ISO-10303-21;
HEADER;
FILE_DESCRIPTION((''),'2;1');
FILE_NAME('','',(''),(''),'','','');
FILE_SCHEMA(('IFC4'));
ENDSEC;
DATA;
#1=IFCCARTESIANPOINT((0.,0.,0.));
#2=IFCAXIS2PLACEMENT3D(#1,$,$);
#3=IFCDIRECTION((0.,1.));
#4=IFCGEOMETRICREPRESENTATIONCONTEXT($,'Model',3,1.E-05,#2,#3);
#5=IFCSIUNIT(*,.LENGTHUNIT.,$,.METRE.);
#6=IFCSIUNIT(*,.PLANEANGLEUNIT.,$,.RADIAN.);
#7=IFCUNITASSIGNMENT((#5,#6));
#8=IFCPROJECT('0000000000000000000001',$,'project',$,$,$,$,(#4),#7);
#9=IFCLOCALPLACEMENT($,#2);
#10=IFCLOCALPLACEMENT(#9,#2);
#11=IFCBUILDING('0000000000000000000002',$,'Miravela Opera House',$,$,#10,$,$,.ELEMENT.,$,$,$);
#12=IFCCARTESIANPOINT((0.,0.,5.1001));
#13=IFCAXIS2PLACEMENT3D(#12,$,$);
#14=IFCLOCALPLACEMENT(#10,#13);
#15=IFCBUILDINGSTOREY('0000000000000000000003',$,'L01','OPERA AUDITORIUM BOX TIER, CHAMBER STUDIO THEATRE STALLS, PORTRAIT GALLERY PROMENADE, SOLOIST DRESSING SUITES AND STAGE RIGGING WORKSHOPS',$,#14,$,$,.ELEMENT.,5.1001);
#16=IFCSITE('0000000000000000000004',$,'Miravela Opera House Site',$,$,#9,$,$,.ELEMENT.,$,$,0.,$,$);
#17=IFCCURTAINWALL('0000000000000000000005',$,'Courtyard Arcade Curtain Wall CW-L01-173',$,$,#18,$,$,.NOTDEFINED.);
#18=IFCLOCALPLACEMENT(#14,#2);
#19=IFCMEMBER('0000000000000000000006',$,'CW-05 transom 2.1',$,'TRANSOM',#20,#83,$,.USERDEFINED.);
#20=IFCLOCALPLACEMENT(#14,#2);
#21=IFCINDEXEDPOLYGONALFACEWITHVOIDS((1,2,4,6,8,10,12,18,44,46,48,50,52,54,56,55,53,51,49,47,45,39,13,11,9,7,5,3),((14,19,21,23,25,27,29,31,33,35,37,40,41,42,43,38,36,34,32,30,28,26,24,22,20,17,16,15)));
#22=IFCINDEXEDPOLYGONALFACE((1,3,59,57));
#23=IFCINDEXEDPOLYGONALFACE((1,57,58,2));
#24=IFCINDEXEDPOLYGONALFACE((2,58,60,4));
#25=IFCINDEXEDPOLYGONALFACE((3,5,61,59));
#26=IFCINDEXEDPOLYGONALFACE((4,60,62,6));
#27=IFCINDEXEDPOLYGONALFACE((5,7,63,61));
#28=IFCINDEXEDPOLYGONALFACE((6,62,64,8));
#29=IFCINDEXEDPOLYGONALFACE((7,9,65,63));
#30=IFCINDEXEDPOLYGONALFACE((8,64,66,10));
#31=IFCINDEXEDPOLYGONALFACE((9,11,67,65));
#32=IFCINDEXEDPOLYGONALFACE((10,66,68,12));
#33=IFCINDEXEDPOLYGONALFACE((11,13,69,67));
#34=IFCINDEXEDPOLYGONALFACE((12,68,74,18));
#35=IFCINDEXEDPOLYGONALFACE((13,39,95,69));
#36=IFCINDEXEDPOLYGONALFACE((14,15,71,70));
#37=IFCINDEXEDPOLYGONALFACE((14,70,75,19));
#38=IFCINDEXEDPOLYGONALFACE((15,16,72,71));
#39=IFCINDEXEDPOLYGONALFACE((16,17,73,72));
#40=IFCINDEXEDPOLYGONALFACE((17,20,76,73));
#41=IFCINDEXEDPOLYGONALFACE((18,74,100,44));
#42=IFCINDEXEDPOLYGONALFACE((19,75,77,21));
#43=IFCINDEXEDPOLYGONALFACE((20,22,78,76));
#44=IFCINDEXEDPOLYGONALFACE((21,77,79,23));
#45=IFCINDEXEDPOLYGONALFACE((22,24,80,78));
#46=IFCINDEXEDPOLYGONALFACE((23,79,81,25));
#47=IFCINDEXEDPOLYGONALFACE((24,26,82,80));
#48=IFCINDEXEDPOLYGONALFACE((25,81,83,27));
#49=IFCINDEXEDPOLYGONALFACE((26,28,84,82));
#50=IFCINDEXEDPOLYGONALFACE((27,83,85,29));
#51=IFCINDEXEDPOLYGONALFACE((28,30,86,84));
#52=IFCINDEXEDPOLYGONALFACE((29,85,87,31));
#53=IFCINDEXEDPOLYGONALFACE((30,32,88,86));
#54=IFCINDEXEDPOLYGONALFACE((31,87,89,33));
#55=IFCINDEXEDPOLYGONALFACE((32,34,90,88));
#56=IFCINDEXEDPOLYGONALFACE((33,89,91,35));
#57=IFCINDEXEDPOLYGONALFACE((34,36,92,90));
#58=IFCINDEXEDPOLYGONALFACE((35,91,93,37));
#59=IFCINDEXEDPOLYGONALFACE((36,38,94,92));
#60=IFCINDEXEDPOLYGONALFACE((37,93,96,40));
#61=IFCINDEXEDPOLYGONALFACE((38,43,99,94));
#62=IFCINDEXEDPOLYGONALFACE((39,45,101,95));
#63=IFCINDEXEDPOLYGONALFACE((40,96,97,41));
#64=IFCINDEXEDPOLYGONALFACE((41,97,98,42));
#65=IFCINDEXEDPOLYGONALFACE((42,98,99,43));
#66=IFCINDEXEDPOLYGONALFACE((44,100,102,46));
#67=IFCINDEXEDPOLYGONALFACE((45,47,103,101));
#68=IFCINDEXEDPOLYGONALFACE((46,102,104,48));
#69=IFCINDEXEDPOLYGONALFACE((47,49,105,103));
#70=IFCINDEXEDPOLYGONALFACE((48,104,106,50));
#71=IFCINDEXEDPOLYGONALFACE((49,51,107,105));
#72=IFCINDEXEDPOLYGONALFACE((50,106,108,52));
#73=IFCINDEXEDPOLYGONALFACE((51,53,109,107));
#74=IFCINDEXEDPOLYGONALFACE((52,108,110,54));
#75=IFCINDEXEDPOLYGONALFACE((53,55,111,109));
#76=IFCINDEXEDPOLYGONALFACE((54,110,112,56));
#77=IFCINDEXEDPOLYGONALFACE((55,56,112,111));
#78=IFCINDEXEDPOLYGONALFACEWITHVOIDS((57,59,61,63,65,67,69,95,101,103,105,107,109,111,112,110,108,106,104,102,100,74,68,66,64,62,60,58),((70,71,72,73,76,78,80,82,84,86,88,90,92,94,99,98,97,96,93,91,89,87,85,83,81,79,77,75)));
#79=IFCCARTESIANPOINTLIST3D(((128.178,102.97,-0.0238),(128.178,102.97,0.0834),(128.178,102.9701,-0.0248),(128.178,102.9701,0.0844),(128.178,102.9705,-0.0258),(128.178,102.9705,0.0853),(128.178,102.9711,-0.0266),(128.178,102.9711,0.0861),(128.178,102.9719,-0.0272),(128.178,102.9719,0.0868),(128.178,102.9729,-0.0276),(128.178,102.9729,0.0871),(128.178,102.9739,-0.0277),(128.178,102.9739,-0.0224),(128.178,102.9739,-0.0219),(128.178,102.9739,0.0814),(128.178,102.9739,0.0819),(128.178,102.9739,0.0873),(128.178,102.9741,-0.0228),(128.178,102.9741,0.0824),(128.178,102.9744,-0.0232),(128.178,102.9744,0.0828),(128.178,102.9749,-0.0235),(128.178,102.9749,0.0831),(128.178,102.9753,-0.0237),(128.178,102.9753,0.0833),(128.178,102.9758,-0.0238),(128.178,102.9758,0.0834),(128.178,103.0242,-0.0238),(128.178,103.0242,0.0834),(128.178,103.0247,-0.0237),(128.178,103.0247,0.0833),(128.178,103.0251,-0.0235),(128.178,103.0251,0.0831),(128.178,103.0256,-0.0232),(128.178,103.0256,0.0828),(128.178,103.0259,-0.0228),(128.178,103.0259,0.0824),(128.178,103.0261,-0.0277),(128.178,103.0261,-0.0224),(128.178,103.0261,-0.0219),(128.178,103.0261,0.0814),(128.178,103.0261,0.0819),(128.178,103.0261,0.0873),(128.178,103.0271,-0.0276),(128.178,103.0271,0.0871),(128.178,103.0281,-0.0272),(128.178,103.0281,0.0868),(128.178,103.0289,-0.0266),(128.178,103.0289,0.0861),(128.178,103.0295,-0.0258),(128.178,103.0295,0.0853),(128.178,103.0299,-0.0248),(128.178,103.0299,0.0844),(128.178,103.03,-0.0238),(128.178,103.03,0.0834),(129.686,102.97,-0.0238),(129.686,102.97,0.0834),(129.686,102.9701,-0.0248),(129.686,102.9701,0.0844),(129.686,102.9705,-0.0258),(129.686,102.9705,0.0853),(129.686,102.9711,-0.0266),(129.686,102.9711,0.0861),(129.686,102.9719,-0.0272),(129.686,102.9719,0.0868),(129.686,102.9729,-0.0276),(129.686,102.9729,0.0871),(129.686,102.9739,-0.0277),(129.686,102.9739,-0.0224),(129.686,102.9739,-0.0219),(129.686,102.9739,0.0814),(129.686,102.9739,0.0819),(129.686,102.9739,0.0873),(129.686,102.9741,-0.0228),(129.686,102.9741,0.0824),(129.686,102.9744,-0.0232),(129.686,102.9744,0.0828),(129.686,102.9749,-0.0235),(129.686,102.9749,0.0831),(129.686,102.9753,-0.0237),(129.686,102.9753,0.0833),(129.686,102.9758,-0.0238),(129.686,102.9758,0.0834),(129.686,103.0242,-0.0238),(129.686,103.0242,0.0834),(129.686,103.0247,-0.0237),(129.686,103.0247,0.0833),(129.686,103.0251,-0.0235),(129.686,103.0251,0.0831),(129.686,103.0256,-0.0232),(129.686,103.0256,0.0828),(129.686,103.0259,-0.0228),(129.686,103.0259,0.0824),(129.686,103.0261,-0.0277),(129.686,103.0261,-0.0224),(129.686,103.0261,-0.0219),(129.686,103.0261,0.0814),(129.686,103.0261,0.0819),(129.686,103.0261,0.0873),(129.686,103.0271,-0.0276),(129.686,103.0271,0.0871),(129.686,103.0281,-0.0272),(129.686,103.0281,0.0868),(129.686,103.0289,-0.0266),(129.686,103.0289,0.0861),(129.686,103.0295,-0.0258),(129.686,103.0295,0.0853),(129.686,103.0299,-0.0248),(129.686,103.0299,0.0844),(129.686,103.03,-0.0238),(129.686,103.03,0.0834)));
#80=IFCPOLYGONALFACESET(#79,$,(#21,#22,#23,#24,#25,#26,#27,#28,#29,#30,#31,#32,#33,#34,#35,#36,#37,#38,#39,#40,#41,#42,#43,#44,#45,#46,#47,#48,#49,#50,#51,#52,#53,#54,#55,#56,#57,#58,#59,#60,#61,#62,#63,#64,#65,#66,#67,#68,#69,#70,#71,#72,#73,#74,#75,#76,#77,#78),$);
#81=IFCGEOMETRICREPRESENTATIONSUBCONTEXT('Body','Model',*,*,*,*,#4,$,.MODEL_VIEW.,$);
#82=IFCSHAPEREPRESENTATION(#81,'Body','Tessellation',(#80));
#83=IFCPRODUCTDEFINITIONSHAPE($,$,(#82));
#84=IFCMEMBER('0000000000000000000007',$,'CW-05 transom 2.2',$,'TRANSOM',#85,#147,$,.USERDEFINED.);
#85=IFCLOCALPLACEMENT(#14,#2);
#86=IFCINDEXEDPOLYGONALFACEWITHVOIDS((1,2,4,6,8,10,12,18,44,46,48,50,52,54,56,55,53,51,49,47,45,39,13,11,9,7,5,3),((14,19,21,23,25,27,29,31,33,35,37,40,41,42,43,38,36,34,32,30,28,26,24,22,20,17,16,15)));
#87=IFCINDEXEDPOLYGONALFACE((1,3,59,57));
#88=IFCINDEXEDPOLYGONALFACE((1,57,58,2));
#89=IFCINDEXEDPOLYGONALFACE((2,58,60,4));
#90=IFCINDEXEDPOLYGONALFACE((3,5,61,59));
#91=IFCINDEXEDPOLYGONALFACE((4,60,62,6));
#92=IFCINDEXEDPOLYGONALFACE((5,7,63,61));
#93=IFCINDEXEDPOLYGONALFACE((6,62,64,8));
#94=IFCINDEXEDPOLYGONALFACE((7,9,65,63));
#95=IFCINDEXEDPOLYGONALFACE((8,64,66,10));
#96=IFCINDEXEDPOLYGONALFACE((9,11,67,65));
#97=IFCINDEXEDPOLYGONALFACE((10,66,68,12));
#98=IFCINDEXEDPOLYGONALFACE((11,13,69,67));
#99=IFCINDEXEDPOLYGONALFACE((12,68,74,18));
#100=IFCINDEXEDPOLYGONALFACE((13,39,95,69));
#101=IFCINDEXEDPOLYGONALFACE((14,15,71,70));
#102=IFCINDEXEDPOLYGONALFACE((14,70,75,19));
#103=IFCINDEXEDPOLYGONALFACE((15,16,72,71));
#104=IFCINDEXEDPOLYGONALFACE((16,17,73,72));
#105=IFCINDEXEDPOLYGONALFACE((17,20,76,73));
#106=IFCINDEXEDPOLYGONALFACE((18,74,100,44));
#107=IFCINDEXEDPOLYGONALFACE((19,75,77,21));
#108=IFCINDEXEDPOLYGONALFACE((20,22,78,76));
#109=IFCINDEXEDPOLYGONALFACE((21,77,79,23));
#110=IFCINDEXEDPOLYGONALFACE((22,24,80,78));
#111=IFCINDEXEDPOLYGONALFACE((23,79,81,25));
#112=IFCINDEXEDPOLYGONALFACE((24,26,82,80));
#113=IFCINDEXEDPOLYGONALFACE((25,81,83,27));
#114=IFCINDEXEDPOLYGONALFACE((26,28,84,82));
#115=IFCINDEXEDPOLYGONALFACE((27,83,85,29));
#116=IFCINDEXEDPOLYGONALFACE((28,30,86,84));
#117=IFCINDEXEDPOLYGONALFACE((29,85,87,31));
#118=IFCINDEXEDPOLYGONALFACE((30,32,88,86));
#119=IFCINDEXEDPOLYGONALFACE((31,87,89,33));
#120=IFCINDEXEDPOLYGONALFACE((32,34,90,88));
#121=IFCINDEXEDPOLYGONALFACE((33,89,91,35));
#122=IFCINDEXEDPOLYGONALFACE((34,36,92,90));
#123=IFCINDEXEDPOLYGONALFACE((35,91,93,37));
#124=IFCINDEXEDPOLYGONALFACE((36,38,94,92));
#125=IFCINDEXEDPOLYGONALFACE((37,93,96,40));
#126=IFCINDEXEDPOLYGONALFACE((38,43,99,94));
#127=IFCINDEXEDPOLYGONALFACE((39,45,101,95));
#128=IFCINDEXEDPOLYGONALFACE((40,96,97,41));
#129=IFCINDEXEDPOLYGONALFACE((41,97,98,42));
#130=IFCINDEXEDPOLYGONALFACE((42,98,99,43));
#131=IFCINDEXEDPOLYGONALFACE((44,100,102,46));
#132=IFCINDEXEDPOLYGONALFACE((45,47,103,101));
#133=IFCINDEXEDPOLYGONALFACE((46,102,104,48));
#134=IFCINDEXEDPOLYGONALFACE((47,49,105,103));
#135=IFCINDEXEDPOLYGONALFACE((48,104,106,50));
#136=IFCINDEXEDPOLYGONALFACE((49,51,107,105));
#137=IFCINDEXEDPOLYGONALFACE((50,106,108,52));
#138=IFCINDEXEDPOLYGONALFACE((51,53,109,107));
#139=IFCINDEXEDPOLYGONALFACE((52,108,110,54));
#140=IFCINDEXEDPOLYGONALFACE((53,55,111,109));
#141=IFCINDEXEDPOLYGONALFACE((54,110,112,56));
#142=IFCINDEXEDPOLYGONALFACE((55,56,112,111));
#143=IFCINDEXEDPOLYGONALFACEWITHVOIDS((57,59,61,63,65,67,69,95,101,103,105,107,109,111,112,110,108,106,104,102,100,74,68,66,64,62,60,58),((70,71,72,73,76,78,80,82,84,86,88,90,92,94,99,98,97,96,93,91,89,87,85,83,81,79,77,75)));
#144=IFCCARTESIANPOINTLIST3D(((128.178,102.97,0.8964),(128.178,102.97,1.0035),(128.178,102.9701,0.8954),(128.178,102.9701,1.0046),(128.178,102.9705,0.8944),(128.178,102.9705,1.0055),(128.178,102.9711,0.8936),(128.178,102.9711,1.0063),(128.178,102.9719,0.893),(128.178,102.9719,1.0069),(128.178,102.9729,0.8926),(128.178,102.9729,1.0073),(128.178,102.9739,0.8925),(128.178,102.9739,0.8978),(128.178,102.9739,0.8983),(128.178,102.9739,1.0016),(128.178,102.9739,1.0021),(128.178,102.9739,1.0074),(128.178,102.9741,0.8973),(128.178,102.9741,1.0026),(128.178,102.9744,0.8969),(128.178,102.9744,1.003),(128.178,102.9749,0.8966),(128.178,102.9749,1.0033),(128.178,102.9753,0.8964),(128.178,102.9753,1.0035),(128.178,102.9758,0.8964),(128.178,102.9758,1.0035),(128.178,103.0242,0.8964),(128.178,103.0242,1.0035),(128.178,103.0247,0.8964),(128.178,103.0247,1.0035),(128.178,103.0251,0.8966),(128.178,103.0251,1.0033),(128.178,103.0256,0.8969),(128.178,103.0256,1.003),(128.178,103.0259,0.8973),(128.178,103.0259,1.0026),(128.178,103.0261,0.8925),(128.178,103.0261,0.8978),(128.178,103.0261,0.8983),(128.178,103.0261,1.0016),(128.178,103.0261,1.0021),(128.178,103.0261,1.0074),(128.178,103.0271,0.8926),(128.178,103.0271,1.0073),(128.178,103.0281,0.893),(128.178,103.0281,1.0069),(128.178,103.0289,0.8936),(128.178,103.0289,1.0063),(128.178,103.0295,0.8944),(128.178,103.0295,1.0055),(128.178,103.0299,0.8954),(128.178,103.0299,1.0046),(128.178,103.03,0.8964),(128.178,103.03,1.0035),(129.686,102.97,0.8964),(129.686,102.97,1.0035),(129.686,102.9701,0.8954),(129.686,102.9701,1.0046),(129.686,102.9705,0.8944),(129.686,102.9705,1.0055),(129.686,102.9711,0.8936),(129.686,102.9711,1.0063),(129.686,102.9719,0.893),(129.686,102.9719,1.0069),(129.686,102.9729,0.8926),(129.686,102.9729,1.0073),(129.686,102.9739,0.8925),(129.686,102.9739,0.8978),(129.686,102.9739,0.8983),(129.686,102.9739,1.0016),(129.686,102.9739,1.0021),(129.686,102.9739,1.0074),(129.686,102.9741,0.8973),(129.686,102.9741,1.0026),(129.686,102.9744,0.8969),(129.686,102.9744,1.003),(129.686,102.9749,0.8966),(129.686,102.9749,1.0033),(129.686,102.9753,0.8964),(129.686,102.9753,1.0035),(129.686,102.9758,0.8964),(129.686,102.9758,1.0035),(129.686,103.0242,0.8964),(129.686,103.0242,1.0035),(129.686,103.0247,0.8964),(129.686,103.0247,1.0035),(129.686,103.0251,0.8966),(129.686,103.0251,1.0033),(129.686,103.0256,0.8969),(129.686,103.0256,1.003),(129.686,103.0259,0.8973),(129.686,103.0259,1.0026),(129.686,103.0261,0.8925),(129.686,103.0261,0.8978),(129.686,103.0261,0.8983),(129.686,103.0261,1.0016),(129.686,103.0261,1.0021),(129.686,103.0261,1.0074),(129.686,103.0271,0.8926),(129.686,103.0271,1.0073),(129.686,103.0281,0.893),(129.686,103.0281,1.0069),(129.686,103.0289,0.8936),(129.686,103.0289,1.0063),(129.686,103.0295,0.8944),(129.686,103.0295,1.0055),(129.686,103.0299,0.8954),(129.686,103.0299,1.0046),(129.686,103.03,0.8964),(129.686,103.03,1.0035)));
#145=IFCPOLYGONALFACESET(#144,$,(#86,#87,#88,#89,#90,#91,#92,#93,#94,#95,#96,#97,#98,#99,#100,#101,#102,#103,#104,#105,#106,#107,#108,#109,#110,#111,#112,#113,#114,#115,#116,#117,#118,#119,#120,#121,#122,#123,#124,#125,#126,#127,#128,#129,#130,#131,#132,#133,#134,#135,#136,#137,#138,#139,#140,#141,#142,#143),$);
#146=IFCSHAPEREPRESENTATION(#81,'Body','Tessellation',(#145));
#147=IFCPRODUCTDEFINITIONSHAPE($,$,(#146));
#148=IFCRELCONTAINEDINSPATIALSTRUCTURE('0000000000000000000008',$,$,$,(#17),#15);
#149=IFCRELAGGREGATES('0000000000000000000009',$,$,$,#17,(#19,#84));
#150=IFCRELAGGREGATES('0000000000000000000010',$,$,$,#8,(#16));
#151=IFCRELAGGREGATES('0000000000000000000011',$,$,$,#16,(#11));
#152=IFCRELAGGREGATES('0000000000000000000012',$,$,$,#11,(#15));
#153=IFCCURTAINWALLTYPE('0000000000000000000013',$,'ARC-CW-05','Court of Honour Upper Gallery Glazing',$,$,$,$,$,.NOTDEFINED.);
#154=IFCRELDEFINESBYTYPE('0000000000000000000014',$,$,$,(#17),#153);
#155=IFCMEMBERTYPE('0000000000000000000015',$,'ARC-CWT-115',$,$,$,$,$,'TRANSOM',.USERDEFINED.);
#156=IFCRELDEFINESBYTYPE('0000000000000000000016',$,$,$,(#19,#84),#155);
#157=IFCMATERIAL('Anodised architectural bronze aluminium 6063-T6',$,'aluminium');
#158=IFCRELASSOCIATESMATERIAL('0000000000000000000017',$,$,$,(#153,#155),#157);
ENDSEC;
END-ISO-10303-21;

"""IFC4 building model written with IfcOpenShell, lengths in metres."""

from ifc_helpers import new_model, si_unit, direction, frame, origin, origin_2d, place, context, subcontext, project, spatial, hollow_rectangle, extrude, material, material_profile, profile_set, type_object, element, aggregate, save


model = new_model("IFC4")

# Units and contexts
model_context = context("Model", 3, precision=1e-05, world=origin(), true_north=direction((0.0, 1.0)))
body_context = subcontext(model_context, "Body", "Model", "MODEL_VIEW")
ifc_project = project(units=[si_unit("LENGTHUNIT", "METRE"), si_unit("PLANEANGLEUNIT", "RADIAN")], contexts=[model_context])

# Site, building, storey
site_placement = place(None, origin())
site = spatial("IfcSite", under=ifc_project, at=site_placement, Name="Miravela Opera House Site", CompositionType="ELEMENT", RefElevation=0.0)
building_placement = place(site_placement, origin())
building = spatial("IfcBuilding", under=site, at=building_placement, Name="Miravela Opera House", CompositionType="ELEMENT")
storey_placement = place(building_placement, frame((0.0, 0.0, 5.1001)))
storey = spatial("IfcBuildingStorey", under=building, at=storey_placement, Name="L01", Description="OPERA AUDITORIUM BOX TIER, CHAMBER STUDIO THEATRE STALLS, PORTRAIT GALLERY PROMENADE, SOLOIST DRESSING SUITES AND STAGE RIGGING WORKSHOPS", CompositionType="ELEMENT", Elevation=5.1001)

# Shared definitions
ifc_material_1 = material(Name="Anodised architectural bronze aluminium 6063-T6", Category="aluminium")
curtain_wall_type = type_object("IfcCurtainWallType", Name="ARC-CW-05", Description="Court of Honour Upper Gallery Glazing", PredefinedType="NOTDEFINED", material=ifc_material_1)

# Curtain wall, members
curtain_wall_1_placement = place(storey_placement, origin())
curtain_wall_1 = element("IfcCurtainWall", 1, at=curtain_wall_1_placement, inside=storey, type_object=curtain_wall_type, Name="Courtyard Arcade Curtain Wall CW-L01-173", PredefinedType="NOTDEFINED")
ifc_material_profile_1 = material_profile(ifc_material_1, hollow_rectangle(XDim=0.0601, YDim=0.115, WallThickness=0.0039, InnerFilletRadius=0.002, OuterFilletRadius=0.0039, at=origin_2d()), Name="CWT-60X115")
ifc_profile_set_1 = profile_set([ifc_material_profile_1])
member_type_1 = type_object("IfcMemberType", Name="ARC-CWT-115", ElementType="TRANSOM", PredefinedType="USERDEFINED", material=ifc_profile_set_1)
member_1_placement = place(storey_placement, frame((128.178, 103.0, 0.0298), z_axis=(1.0, 0.0, 0.0), x_axis=(0.0, 1.0, 0.0)))
member_1 = element("IfcMember", 2, at=member_1_placement, type_object=member_type_1, Name="CW-05 transom 2.1", ObjectType="TRANSOM", PredefinedType="USERDEFINED", context=body_context, shape_type="SweptSolid", body=[
    extrude(hollow_rectangle(XDim=0.0601, YDim=0.115, WallThickness=0.0039, InnerFilletRadius=0.002, OuterFilletRadius=0.0039, at=origin_2d()), origin(), (0.0, 0.0, 1.0), 1.5081),
])
member_2_placement = place(storey_placement, frame((128.178, 103.0, 0.95), z_axis=(1.0, 0.0, 0.0), x_axis=(0.0, 1.0, 0.0)))
member_2 = element("IfcMember", 3, at=member_2_placement, type_object=member_type_1, Name="CW-05 transom 2.2", ObjectType="TRANSOM", PredefinedType="USERDEFINED", context=body_context, shape_type="SweptSolid", body=[
    extrude(hollow_rectangle(XDim=0.0601, YDim=0.115, WallThickness=0.0039, InnerFilletRadius=0.002, OuterFilletRadius=0.0039, at=origin_2d()), origin(), (0.0, 0.0, 1.0), 1.5081),
])

aggregate(curtain_wall_1, [member_1, member_2])

save(model, "model.ifc")
